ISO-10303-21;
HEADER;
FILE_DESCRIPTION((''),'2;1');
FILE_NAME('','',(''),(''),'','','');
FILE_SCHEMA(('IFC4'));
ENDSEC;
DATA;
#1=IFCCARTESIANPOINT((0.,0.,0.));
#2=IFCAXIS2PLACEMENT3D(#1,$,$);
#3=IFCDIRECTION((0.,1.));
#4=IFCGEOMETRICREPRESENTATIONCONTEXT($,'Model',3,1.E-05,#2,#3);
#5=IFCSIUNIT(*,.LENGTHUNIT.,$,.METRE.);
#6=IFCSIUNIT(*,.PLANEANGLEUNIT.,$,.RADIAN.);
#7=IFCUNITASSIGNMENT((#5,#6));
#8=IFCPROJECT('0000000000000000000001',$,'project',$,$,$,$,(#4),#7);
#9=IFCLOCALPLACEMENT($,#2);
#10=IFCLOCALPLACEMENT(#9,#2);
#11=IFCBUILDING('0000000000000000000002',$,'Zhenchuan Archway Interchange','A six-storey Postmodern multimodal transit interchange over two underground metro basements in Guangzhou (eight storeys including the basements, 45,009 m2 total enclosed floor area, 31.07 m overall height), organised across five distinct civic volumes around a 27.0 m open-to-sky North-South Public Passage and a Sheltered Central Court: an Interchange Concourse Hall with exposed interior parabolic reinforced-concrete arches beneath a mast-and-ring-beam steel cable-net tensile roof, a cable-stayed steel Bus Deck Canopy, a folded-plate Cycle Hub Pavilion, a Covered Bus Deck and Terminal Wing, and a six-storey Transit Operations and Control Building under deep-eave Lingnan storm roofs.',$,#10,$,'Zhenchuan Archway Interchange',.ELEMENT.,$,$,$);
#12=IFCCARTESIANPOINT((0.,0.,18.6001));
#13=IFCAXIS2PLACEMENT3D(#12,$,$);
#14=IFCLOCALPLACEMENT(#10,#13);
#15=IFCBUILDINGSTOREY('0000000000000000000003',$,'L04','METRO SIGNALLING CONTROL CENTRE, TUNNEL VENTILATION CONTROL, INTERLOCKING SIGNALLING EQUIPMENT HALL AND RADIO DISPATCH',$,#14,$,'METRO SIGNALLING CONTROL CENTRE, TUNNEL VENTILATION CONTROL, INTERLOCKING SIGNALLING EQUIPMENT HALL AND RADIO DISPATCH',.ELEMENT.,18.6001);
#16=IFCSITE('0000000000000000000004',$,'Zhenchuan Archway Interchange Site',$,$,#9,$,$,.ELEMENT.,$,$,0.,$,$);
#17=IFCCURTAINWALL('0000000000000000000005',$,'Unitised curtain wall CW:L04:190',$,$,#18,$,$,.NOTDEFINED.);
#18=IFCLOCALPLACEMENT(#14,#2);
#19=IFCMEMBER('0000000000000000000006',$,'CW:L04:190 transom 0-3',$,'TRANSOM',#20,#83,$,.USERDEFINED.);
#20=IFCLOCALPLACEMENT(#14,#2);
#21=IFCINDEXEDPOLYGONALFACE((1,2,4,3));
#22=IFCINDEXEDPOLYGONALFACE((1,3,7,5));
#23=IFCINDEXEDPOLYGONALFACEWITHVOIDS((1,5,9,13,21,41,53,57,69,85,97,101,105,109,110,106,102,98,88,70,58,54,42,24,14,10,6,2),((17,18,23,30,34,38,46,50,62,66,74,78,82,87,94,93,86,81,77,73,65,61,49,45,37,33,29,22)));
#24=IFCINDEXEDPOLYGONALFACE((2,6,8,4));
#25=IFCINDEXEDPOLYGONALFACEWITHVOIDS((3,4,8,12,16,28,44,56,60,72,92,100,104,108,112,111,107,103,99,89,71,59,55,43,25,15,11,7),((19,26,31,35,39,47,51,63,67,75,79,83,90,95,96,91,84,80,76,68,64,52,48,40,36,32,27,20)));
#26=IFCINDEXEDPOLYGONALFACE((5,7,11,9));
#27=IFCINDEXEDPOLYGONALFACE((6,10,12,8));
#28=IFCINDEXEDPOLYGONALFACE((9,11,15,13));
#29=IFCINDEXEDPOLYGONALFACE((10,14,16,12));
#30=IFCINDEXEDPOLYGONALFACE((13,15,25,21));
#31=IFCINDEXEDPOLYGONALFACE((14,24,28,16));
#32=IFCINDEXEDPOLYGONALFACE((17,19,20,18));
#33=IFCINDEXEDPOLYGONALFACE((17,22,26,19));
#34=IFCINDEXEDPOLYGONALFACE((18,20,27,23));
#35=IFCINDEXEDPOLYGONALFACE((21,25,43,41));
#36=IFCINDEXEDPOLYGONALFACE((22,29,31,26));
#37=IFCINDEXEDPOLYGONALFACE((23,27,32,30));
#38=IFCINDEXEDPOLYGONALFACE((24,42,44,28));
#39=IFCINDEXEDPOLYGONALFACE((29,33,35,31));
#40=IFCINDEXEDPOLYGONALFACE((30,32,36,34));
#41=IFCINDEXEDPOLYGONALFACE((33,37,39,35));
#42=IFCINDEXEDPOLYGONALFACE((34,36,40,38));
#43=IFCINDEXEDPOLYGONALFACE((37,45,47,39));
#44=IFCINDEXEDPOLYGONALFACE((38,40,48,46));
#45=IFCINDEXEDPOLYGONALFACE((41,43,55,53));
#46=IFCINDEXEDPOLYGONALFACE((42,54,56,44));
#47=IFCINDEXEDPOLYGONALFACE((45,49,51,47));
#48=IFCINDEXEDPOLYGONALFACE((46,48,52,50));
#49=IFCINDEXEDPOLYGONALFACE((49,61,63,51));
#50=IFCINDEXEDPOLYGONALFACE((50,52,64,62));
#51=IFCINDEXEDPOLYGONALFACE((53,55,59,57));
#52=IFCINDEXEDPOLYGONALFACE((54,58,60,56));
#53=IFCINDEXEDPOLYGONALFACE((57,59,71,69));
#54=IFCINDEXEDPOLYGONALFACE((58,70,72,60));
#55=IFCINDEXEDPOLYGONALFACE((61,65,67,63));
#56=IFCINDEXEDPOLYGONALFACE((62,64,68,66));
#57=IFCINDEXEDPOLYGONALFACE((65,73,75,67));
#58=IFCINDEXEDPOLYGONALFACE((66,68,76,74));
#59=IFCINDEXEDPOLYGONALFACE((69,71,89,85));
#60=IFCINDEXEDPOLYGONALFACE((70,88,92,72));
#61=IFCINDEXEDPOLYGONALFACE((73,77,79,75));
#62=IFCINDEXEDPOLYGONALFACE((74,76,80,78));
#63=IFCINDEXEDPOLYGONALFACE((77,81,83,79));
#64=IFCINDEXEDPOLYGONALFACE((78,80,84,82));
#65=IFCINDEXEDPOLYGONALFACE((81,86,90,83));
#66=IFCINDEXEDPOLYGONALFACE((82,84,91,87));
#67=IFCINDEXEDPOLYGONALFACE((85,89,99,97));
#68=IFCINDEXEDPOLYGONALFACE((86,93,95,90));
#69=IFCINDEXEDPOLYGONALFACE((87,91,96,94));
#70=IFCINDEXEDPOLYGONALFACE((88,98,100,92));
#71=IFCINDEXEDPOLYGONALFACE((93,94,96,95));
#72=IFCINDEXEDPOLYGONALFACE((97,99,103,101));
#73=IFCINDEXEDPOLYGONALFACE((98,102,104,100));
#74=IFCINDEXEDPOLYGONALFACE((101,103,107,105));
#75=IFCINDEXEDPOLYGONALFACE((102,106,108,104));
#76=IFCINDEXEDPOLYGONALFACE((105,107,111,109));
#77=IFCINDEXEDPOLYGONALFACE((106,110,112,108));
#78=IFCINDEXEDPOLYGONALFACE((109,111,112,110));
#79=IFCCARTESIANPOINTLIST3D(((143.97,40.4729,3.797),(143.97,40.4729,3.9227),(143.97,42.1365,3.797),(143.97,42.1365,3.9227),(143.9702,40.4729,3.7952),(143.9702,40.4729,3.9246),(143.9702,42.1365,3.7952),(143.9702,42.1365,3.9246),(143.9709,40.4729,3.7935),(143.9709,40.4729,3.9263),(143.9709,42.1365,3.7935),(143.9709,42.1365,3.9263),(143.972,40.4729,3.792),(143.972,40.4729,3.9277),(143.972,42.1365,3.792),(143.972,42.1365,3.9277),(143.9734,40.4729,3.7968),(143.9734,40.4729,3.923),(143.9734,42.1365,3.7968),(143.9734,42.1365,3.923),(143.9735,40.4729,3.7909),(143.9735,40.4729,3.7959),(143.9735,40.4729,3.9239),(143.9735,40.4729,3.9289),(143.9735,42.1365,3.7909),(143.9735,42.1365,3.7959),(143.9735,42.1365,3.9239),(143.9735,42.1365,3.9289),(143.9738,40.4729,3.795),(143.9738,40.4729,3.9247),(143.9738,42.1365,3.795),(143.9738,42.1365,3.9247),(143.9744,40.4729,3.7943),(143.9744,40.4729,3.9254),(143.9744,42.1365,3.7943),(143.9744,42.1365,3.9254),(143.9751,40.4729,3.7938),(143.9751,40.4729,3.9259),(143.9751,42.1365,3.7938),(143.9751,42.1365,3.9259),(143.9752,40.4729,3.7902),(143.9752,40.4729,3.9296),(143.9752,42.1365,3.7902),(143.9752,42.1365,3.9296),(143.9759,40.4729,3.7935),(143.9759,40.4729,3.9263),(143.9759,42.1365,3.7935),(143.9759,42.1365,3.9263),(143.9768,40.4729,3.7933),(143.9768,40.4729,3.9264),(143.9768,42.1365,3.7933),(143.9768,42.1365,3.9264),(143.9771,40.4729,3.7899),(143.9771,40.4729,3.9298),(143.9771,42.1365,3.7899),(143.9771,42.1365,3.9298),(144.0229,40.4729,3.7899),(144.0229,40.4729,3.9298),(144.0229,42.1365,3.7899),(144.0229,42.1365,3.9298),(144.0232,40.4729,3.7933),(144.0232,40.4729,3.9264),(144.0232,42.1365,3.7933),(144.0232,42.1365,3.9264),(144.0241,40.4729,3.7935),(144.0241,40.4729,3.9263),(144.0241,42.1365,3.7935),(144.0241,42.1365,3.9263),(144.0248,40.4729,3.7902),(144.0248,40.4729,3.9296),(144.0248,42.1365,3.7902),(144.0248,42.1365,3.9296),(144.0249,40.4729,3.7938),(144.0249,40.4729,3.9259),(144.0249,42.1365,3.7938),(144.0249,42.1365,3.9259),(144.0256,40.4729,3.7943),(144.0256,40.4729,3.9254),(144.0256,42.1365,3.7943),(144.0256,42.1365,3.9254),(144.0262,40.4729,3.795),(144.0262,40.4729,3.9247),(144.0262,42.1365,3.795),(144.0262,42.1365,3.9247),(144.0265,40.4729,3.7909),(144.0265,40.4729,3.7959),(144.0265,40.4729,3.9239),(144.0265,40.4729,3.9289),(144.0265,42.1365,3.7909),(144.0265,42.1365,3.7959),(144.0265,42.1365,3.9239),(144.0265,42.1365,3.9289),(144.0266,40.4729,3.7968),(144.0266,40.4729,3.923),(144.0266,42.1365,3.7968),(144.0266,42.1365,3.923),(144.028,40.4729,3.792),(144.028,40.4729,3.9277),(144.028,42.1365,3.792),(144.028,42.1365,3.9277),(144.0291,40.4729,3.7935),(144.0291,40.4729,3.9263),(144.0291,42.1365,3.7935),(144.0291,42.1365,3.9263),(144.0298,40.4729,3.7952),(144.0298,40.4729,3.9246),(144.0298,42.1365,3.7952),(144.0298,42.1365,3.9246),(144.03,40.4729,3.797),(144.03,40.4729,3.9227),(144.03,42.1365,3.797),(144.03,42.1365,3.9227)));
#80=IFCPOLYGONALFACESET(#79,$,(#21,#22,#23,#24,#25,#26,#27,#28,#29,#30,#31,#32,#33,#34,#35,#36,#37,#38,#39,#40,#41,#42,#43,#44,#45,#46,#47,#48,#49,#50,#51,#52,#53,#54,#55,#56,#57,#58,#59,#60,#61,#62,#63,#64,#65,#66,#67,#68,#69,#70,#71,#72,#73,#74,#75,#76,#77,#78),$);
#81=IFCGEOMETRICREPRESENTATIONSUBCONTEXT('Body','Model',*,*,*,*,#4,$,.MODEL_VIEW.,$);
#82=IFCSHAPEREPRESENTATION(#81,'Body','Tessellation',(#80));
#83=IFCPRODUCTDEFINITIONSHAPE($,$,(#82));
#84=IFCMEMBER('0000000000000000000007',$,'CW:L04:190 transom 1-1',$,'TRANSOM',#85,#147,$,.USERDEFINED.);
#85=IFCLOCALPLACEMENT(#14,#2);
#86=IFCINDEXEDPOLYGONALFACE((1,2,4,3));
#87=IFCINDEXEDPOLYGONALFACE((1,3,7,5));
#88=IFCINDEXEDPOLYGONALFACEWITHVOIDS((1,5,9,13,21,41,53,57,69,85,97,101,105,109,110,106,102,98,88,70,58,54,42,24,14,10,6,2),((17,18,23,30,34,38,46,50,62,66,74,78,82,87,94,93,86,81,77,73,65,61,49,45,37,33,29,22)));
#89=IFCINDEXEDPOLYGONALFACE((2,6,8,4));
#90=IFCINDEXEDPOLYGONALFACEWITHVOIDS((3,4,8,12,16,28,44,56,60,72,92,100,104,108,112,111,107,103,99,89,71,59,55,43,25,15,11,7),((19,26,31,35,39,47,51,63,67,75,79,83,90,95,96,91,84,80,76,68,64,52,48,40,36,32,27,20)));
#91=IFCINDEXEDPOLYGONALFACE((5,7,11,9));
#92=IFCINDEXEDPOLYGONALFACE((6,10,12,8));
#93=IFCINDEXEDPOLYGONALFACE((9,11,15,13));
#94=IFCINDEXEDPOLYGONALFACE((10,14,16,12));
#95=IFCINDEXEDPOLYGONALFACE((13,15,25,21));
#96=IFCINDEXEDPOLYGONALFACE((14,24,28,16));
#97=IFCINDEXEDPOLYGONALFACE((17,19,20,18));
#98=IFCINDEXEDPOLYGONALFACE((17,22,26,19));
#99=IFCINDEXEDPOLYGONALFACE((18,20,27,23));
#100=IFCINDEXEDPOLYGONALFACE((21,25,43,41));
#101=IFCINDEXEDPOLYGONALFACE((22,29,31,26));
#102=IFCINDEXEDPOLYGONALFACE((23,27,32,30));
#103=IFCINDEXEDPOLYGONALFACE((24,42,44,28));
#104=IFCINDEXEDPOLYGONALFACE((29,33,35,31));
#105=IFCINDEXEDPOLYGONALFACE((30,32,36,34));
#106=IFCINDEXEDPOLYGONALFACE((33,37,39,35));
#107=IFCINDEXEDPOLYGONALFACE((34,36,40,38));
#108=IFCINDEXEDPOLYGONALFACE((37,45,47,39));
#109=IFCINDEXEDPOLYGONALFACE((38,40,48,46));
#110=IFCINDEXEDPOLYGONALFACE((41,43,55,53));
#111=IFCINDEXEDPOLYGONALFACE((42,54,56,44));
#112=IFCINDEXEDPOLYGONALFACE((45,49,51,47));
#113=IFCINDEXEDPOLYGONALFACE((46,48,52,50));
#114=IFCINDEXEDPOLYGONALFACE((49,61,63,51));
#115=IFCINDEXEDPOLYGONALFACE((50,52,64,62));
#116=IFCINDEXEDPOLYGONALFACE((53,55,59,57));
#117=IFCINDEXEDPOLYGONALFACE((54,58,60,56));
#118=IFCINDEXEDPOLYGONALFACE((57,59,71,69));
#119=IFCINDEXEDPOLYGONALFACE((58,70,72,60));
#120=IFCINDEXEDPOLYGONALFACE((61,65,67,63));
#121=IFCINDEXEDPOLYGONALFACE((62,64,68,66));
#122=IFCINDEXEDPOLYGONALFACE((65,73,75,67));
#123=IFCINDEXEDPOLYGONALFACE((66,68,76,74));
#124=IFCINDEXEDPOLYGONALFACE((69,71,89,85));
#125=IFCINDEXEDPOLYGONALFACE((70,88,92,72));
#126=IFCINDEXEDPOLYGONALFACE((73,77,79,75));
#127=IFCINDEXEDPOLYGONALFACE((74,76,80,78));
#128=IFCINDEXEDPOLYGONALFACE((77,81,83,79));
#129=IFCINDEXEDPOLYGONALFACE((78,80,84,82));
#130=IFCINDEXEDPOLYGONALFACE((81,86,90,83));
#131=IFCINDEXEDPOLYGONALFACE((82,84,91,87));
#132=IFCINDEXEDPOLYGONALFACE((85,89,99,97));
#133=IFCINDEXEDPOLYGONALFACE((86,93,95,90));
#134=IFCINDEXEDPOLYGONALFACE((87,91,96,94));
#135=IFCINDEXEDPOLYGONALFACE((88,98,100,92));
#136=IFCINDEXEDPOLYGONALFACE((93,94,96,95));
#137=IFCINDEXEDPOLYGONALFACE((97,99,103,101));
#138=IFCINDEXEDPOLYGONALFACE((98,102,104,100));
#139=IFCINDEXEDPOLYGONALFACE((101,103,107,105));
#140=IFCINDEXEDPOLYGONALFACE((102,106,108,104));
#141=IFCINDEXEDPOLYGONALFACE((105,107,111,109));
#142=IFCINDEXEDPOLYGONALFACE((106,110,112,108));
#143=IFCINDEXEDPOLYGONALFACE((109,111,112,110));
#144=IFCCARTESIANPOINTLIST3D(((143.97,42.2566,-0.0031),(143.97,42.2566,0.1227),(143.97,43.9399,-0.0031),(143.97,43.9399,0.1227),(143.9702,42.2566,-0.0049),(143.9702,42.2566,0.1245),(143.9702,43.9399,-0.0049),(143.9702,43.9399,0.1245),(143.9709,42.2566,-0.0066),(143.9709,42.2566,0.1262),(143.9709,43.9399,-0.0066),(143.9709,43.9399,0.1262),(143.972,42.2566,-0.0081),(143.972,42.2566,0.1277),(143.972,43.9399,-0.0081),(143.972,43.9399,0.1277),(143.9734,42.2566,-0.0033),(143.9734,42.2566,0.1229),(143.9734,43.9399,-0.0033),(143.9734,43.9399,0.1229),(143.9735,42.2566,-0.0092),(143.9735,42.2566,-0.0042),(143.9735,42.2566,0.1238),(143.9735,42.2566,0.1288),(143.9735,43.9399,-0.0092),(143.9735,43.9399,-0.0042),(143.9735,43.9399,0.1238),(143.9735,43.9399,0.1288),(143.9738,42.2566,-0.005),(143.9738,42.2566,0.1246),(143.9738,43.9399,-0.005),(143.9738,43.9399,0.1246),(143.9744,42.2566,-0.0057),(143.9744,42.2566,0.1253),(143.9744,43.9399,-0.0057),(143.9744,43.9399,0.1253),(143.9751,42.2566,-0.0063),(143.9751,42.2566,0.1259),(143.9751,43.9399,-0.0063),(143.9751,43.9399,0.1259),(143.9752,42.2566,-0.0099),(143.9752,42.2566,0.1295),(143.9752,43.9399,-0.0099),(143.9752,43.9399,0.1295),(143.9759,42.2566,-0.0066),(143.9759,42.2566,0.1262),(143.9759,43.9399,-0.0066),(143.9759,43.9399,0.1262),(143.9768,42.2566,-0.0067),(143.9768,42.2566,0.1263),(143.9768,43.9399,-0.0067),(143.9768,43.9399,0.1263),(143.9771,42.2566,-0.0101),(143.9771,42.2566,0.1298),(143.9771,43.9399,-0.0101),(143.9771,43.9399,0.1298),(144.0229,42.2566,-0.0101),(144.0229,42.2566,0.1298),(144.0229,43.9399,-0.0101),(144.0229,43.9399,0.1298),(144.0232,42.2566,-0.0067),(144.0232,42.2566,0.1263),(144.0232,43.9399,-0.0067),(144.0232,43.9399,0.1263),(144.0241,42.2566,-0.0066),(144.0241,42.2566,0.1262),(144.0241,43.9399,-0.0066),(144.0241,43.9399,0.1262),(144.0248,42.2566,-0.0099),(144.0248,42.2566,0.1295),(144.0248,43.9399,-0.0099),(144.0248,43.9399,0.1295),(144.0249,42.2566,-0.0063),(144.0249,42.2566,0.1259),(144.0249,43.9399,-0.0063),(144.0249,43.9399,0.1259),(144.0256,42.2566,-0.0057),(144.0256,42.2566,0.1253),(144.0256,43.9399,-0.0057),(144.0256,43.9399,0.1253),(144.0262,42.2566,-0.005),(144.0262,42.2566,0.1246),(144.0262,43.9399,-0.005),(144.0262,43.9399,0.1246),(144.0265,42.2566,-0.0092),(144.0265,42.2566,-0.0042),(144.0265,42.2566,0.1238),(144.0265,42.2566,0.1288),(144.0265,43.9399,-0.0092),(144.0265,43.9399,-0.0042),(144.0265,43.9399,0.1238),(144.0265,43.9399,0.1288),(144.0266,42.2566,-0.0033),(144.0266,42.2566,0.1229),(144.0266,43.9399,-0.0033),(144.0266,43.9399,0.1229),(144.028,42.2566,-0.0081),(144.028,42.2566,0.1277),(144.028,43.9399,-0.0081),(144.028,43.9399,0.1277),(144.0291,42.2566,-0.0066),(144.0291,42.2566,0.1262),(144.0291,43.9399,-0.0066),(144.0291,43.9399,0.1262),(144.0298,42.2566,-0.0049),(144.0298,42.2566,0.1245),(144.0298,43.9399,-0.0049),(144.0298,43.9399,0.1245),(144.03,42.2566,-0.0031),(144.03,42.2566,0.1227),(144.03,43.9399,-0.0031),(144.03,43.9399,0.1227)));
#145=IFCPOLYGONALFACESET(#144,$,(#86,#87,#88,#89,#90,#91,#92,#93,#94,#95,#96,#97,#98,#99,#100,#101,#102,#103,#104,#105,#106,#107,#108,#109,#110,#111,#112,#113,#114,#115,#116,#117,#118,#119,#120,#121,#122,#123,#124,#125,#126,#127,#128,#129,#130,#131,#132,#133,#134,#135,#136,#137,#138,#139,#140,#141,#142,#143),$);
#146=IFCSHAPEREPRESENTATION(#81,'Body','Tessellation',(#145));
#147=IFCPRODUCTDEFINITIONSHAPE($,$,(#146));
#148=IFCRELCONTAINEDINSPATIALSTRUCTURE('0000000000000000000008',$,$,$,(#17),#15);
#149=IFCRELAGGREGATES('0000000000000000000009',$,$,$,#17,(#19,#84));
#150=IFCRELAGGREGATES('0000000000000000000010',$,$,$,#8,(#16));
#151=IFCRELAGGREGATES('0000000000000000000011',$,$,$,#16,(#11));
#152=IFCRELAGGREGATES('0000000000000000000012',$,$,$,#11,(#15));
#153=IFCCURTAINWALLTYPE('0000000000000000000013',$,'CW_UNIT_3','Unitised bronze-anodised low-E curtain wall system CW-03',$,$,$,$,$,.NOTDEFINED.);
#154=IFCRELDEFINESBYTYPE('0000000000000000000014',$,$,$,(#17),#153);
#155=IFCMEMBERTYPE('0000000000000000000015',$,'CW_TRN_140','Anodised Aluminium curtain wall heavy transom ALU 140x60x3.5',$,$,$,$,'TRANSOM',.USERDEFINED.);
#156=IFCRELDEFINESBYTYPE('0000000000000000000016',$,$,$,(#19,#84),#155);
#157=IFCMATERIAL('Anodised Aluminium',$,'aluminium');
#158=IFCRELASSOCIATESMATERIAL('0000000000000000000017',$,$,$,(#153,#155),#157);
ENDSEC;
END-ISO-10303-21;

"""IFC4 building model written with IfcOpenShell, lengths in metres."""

from ifc_helpers import new_model, si_unit, direction, frame, origin, origin_2d, place, context, subcontext, project, spatial, hollow_rectangle, extrude, material, material_profile, profile_set, type_object, element, aggregate, save


model = new_model("IFC4")

# Units and contexts
model_context = context("Model", 3, precision=1e-05, world=origin(), true_north=direction((0.0, 1.0)))
body_context = subcontext(model_context, "Body", "Model", "MODEL_VIEW")
ifc_project = project(units=[si_unit("LENGTHUNIT", "METRE"), si_unit("PLANEANGLEUNIT", "RADIAN")], contexts=[model_context])

# Site, building, storey
site_placement = place(None, origin())
site = spatial("IfcSite", under=ifc_project, at=site_placement, Name="Zhenchuan Archway Interchange Site", CompositionType="ELEMENT", RefElevation=0.0)
building_placement = place(site_placement, origin())
building = spatial("IfcBuilding", under=site, at=building_placement, Name="Zhenchuan Archway Interchange", Description="A six-storey Postmodern multimodal transit interchange over two underground metro basements in Guangzhou (eight storeys including the basements, 45,009 m2 total enclosed floor area, 31.07 m overall height), organised across five distinct civic volumes around a 27.0 m open-to-sky North-South Public Passage and a Sheltered Central Court: an Interchange Concourse Hall with exposed interior parabolic reinforced-concrete arches beneath a mast-and-ring-beam steel cable-net tensile roof, a cable-stayed steel Bus Deck Canopy, a folded-plate Cycle Hub Pavilion, a Covered Bus Deck and Terminal Wing, and a six-storey Transit Operations and Control Building under deep-eave Lingnan storm roofs.", LongName="Zhenchuan Archway Interchange", CompositionType="ELEMENT")
storey_placement = place(building_placement, frame((0.0, 0.0, 18.6001)))
storey = spatial("IfcBuildingStorey", under=building, at=storey_placement, Name="L04", Description="METRO SIGNALLING CONTROL CENTRE, TUNNEL VENTILATION CONTROL, INTERLOCKING SIGNALLING EQUIPMENT HALL AND RADIO DISPATCH", LongName="METRO SIGNALLING CONTROL CENTRE, TUNNEL VENTILATION CONTROL, INTERLOCKING SIGNALLING EQUIPMENT HALL AND RADIO DISPATCH", CompositionType="ELEMENT", Elevation=18.6001)

# Curtain wall, members
ifc_material_1 = material(Name="Anodised Aluminium", Category="aluminium")
curtain_wall_type = type_object("IfcCurtainWallType", Name="CW_UNIT_3", Description="Unitised bronze-anodised low-E curtain wall system CW-03", PredefinedType="NOTDEFINED", material=ifc_material_1)
curtain_wall_placement = place(storey_placement, origin())
curtain_wall = element("IfcCurtainWall", 1, at=curtain_wall_placement, inside=storey, type_object=curtain_wall_type, Name="Unitised curtain wall CW:L04:190", PredefinedType="NOTDEFINED")
ifc_material_profile_1 = material_profile(ifc_material_1, hollow_rectangle(XDim=0.0601, YDim=0.1399, WallThickness=0.0034, InnerFilletRadius=0.0034, OuterFilletRadius=0.0071, at=origin_2d()), Name="ALU 140x60x3.5")
ifc_profile_set_1 = profile_set([ifc_material_profile_1], Name="Anodised Aluminium")
member_type_1 = type_object("IfcMemberType", Name="CW_TRN_140", Description="Anodised Aluminium curtain wall heavy transom ALU 140x60x3.5", ElementType="TRANSOM", PredefinedType="USERDEFINED", material=ifc_profile_set_1)
member_1_placement = place(storey_placement, frame((144.0, 40.4729, 3.8599), z_axis=(0.0, 1.0, 0.0), x_axis=(-1.0, 0.0, 0.0)))
member_1 = element("IfcMember", 2, at=member_1_placement, type_object=member_type_1, Name="CW:L04:190 transom 0-3", ObjectType="TRANSOM", PredefinedType="USERDEFINED", context=body_context, shape_type="SweptSolid", body=[
    extrude(hollow_rectangle(XDim=0.0601, YDim=0.1399, WallThickness=0.0034, InnerFilletRadius=0.0034, OuterFilletRadius=0.0071, at=origin_2d()), origin(), (0.0, 0.0, 1.0), 1.6636),
])
member_2_placement = place(storey_placement, frame((144.0, 42.2566, 0.0598), z_axis=(0.0, 1.0, 0.0), x_axis=(-1.0, 0.0, 0.0)))
member_2 = element("IfcMember", 3, at=member_2_placement, type_object=member_type_1, Name="CW:L04:190 transom 1-1", ObjectType="TRANSOM", PredefinedType="USERDEFINED", context=body_context, shape_type="SweptSolid", body=[
    extrude(hollow_rectangle(XDim=0.0601, YDim=0.1399, WallThickness=0.0034, InnerFilletRadius=0.0034, OuterFilletRadius=0.0071, at=origin_2d()), origin(), (0.0, 0.0, 1.0), 1.6833),
])

aggregate(curtain_wall, [member_1, member_2])

save(model, "model.ifc")
